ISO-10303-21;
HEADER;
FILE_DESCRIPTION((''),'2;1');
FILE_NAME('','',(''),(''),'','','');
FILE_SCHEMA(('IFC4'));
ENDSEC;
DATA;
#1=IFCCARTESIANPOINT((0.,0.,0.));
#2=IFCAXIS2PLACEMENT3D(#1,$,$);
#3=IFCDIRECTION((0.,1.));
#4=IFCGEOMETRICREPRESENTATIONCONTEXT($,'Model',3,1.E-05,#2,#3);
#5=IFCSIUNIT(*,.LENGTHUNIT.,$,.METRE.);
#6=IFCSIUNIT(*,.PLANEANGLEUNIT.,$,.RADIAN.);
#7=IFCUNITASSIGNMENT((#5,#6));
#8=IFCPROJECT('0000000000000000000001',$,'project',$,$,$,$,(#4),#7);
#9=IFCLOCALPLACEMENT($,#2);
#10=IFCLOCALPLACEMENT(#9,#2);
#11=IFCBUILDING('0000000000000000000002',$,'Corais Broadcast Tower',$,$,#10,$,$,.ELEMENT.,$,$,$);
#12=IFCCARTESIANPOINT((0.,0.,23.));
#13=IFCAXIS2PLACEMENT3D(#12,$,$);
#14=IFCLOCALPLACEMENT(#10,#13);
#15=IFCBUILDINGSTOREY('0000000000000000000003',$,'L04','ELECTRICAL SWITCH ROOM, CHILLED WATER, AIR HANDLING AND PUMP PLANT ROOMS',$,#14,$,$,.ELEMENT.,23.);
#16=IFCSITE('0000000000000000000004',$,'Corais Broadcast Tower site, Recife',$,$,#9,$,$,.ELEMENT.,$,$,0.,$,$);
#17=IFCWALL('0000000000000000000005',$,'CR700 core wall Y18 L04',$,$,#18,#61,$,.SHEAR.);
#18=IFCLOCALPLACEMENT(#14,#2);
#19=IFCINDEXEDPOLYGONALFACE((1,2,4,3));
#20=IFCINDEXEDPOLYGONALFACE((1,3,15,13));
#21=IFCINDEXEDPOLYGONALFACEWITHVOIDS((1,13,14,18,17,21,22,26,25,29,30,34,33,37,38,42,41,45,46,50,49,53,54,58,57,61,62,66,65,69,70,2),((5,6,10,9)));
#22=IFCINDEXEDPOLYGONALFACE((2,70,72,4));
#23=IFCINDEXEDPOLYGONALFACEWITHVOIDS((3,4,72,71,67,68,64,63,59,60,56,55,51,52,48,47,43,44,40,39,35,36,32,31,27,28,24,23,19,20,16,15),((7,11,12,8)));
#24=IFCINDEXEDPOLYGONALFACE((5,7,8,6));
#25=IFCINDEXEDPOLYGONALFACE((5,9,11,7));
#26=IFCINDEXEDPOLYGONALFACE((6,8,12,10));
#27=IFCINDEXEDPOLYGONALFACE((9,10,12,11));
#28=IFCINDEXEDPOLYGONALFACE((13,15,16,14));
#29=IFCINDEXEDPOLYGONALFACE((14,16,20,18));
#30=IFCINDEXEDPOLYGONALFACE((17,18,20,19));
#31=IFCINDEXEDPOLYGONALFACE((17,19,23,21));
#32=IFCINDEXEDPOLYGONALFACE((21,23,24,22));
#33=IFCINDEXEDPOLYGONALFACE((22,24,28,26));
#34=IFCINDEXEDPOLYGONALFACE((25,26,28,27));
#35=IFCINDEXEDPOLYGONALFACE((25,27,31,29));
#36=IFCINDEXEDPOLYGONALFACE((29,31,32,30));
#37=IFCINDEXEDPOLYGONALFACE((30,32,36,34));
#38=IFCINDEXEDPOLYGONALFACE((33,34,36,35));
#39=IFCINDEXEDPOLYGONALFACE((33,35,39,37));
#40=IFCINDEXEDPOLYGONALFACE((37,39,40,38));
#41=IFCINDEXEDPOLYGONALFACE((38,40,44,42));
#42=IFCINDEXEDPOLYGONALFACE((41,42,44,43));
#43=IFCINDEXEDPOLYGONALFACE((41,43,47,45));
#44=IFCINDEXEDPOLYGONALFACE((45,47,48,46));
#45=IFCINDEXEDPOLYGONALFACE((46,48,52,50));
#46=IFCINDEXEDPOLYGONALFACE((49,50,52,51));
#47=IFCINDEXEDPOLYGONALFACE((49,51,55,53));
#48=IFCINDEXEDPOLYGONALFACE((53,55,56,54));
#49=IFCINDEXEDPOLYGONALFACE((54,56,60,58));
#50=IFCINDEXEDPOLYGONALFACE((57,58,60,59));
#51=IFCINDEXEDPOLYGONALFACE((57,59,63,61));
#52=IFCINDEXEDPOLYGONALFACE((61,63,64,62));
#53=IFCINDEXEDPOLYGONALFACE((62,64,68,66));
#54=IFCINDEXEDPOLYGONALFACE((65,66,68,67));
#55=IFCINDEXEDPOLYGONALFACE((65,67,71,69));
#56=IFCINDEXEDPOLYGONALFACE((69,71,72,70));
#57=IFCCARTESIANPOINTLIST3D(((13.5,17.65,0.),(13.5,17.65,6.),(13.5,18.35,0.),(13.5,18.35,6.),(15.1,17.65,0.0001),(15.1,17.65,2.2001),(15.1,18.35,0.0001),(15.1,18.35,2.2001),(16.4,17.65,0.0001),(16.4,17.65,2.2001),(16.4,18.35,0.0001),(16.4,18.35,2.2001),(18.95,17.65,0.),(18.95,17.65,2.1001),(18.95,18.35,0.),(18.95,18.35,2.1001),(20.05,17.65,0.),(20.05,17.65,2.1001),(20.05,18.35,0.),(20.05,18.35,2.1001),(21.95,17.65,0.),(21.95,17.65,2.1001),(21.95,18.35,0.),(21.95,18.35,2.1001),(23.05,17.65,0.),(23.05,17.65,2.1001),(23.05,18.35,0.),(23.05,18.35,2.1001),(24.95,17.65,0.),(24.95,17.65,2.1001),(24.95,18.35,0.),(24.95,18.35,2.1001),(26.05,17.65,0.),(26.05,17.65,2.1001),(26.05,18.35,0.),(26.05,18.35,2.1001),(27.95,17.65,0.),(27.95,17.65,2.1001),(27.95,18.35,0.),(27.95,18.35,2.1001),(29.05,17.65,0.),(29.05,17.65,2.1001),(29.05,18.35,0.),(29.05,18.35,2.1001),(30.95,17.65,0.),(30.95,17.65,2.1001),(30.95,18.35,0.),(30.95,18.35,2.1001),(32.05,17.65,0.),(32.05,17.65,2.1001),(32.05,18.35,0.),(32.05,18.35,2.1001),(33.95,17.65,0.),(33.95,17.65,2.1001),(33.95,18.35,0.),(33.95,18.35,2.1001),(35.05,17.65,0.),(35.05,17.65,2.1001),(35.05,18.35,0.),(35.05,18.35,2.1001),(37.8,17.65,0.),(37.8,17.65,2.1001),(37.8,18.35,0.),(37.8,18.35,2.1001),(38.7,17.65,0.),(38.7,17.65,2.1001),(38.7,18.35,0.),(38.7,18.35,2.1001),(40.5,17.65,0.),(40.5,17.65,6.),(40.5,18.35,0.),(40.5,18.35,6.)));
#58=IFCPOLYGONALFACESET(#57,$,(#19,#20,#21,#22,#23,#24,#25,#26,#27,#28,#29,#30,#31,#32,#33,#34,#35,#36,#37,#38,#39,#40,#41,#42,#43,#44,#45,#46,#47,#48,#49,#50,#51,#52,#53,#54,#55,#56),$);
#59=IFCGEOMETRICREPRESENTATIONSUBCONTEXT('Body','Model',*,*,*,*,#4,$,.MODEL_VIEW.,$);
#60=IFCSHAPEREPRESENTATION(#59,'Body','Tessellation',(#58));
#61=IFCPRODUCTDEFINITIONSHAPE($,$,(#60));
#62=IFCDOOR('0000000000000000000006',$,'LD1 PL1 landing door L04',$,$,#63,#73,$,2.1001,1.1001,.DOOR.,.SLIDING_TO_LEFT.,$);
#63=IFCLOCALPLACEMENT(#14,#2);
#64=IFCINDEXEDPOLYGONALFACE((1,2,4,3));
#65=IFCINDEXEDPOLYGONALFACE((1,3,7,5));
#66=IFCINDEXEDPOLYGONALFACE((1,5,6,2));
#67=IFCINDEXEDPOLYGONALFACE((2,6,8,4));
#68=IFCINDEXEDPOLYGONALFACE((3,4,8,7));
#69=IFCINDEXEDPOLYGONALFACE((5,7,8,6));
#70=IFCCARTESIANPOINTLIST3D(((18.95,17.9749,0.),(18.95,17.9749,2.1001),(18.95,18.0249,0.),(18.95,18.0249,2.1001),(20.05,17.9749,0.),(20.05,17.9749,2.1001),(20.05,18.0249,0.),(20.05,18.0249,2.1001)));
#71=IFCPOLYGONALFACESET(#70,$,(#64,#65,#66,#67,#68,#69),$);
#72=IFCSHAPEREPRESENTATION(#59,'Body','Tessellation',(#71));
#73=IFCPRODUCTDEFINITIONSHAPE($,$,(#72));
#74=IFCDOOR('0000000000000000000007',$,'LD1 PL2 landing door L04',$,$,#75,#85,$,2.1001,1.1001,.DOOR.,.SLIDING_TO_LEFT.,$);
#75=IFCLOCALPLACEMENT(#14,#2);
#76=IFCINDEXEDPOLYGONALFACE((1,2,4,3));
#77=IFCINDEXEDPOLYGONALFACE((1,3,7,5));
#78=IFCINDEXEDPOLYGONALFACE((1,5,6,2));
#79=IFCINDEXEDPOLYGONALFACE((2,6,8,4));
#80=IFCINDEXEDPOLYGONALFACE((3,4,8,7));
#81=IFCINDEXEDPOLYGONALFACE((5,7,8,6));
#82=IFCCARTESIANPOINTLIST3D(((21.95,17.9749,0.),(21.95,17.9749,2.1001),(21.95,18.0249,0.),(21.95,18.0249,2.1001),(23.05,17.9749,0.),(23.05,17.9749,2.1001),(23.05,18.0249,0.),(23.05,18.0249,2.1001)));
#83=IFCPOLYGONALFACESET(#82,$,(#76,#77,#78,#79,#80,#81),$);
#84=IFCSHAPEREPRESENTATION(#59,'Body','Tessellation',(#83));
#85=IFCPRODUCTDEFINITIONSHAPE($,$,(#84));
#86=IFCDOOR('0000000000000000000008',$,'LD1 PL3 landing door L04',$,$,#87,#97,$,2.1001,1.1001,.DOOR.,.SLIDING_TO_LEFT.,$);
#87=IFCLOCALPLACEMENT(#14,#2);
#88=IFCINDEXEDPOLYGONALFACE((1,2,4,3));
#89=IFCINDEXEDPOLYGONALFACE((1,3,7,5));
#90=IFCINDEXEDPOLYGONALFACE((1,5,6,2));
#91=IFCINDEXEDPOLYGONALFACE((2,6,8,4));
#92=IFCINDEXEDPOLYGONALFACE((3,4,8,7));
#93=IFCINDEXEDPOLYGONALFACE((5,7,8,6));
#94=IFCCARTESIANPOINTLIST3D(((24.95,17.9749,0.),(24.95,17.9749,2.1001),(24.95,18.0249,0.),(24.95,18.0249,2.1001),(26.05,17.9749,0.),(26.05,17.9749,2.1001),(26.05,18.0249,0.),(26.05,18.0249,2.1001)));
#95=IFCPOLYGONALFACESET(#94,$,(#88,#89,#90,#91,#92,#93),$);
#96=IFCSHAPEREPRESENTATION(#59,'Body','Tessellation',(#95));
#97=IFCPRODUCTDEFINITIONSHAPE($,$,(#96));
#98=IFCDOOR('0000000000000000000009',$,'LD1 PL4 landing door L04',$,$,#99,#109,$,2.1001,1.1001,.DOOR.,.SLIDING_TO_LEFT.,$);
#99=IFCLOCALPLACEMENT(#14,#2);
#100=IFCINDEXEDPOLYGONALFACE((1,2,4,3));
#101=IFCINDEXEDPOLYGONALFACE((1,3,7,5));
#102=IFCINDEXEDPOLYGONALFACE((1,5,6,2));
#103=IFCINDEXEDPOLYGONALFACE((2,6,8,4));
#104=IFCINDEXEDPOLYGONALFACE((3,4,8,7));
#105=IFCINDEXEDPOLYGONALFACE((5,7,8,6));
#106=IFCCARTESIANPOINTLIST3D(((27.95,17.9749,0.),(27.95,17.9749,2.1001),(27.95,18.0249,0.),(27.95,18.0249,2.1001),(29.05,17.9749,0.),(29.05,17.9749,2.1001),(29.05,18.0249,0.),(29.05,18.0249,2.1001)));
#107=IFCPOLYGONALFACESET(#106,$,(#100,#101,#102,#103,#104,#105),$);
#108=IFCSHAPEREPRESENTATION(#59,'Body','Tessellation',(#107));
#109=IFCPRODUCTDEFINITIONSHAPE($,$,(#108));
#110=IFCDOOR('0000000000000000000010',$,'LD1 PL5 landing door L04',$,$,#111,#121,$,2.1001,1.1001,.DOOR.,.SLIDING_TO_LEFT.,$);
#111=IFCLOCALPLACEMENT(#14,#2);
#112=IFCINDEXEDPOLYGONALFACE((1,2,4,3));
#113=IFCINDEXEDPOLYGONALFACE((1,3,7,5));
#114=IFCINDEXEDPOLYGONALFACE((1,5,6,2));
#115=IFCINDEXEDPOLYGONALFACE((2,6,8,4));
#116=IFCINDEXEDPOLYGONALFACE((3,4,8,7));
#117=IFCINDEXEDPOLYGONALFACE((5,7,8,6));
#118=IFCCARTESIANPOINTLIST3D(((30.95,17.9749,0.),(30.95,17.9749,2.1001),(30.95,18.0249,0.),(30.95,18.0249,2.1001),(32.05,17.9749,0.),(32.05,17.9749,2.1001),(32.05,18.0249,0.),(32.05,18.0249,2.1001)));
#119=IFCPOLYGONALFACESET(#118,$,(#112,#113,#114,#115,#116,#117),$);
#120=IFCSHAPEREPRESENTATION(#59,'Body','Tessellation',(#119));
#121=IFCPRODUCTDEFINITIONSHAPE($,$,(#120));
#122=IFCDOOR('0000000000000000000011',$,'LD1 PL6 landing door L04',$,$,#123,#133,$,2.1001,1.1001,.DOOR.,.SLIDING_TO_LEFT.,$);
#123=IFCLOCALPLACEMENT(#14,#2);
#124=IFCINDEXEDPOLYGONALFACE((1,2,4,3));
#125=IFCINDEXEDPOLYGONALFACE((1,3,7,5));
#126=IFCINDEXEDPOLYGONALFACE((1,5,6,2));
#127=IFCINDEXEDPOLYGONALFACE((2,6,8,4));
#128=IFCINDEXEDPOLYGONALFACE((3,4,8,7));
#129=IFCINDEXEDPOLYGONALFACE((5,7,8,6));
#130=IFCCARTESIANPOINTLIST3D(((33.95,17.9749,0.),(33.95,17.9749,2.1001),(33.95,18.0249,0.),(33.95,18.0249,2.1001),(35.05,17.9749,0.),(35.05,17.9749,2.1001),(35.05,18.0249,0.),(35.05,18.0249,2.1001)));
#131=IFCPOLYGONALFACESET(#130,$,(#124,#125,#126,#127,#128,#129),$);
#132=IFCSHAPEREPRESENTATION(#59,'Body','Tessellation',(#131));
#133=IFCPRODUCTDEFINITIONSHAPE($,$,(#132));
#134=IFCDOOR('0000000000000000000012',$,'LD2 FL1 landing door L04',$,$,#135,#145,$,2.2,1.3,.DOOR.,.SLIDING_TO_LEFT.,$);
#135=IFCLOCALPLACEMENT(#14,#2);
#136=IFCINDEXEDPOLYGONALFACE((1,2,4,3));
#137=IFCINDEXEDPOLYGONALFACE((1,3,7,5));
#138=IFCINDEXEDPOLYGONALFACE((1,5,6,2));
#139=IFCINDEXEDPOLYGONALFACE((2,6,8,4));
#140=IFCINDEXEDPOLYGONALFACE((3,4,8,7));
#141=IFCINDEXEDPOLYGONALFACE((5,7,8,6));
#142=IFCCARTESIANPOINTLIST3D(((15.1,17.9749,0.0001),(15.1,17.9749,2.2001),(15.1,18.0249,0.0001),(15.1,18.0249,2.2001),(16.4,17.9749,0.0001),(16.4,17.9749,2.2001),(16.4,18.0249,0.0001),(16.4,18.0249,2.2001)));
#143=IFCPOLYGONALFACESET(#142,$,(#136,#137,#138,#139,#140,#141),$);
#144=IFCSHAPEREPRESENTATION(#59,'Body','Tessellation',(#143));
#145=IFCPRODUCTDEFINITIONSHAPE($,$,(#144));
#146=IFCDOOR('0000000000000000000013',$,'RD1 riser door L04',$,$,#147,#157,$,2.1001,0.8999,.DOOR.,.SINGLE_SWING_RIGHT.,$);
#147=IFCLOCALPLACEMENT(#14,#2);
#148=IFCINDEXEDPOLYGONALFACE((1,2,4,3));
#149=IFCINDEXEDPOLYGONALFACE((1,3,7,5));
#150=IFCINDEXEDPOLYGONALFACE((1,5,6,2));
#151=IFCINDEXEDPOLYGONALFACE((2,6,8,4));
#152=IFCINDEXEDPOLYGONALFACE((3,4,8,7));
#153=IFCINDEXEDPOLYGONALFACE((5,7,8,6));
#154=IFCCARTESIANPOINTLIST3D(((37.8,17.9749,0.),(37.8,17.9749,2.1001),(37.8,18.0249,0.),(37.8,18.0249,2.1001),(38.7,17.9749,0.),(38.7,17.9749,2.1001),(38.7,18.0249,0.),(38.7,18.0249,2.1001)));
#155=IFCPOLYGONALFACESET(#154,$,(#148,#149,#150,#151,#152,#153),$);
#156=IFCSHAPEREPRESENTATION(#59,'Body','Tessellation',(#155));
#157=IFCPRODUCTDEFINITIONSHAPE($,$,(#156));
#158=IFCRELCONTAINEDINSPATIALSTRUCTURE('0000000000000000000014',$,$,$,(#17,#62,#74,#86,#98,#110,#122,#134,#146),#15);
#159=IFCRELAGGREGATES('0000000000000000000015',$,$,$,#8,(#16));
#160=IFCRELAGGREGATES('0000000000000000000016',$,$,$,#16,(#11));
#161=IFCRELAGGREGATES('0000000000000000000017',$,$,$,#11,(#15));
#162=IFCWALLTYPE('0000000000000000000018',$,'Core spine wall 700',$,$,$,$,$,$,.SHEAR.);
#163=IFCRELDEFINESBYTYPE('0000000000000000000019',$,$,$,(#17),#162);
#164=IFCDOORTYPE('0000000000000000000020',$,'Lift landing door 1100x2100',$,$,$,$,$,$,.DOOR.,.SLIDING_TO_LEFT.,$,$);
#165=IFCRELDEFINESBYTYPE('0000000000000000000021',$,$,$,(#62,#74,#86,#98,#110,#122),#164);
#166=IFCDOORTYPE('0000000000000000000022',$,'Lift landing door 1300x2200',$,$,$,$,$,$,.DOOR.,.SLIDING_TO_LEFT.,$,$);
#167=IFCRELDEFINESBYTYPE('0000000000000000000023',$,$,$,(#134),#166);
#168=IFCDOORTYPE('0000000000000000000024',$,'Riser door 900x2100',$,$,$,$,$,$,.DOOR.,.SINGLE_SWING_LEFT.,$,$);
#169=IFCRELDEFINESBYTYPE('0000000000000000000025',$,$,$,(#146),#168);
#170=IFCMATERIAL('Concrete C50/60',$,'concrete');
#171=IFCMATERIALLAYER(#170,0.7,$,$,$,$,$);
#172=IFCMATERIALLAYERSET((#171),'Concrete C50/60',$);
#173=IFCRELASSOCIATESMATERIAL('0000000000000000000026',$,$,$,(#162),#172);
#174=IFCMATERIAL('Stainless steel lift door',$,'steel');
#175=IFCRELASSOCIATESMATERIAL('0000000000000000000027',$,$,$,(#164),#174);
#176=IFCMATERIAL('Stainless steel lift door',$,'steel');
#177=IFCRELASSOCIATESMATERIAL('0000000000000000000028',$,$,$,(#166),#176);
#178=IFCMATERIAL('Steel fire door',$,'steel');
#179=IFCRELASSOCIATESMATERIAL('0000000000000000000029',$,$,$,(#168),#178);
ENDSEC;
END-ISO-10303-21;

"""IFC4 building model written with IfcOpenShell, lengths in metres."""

from ifc_helpers import new_model, si_unit, direction, frame, frame_2d, origin, place, context, subcontext, project, spatial, rectangle, extrude, material, layer, layer_set, type_object, element, fill, save


model = new_model("IFC4")

# Units and contexts
model_context = context("Model", 3, precision=1e-05, world=origin(), true_north=direction((0.0, 1.0)))
body_context = subcontext(model_context, "Body", "Model", "MODEL_VIEW")
ifc_project = project(units=[si_unit("LENGTHUNIT", "METRE"), si_unit("PLANEANGLEUNIT", "RADIAN")], contexts=[model_context])

# Site, building, storey
site_placement = place(None, origin())
site = spatial("IfcSite", under=ifc_project, at=site_placement, Name="Corais Broadcast Tower site, Recife", CompositionType="ELEMENT", RefElevation=0.0)
building_placement = place(site_placement, origin())
building = spatial("IfcBuilding", under=site, at=building_placement, Name="Corais Broadcast Tower", CompositionType="ELEMENT")
storey_placement = place(building_placement, frame((0.0, 0.0, 23.0)))
storey = spatial("IfcBuildingStorey", under=building, at=storey_placement, Name="L04", Description="ELECTRICAL SWITCH ROOM, CHILLED WATER, AIR HANDLING AND PUMP PLANT ROOMS", CompositionType="ELEMENT", Elevation=23.0)

# Wall, openings, doors
ifc_material_1 = material(Name="Concrete C50/60", Category="concrete")
ifc_layer_1 = layer(ifc_material_1, 0.7)
ifc_layer_set_1 = layer_set([ifc_layer_1], Name="Concrete C50/60")
wall_type_1 = type_object("IfcWallType", Name="Core spine wall 700", PredefinedType="SHEAR", material=ifc_layer_set_1)
wall_1_placement = place(storey_placement, frame((13.5, 18.0, 0.0), z_axis=(0.0, 0.0, 1.0), x_axis=(1.0, 0.0, 0.0)))
wall_1 = element("IfcWall", 1, at=wall_1_placement, inside=storey, type_object=wall_type_1, Name="CR700 core wall Y18 L04", PredefinedType="SHEAR", context=body_context, shape_type="SweptSolid", body=[
    extrude(rectangle(XDim=27.0, YDim=0.7, at=frame_2d((13.5, 0.0))), origin(), (0.0, 0.0, 1.0), 6.0),
])
opening_1_placement = place(wall_1_placement, frame((24.3, 0.0, 0.0)))
opening_1 = element("IfcOpeningElement", 2, at=opening_1_placement, cuts=wall_1, PredefinedType="OPENING", context=body_context, shape_type="SweptSolid", body=[
    extrude(rectangle(XDim=0.8999, YDim=2.1001, at=frame_2d((0.45, 1.05))), frame((0.0, 0.3599, 0.0), z_axis=(0.0, -1.0, 0.0), x_axis=(1.0, 0.0, 0.0)), (0.0, 0.0, 1.0), 0.72),
])
opening_2_placement = place(wall_1_placement, frame((5.45, 0.0, 0.0)))
opening_2 = element("IfcOpeningElement", 3, at=opening_2_placement, cuts=wall_1, PredefinedType="OPENING", context=body_context, shape_type="SweptSolid", body=[
    extrude(rectangle(XDim=1.1001, YDim=2.1001, at=frame_2d((0.55, 1.05))), frame((0.0, 0.3599, 0.0), z_axis=(0.0, -1.0, 0.0), x_axis=(1.0, 0.0, 0.0)), (0.0, 0.0, 1.0), 0.72),
])
opening_3_placement = place(wall_1_placement, frame((8.45, 0.0, 0.0)))
opening_3 = element("IfcOpeningElement", 4, at=opening_3_placement, cuts=wall_1, PredefinedType="OPENING", context=body_context, shape_type="SweptSolid", body=[
    extrude(rectangle(XDim=1.1001, YDim=2.1001, at=frame_2d((0.55, 1.05))), frame((0.0, 0.3599, 0.0), z_axis=(0.0, -1.0, 0.0), x_axis=(1.0, 0.0, 0.0)), (0.0, 0.0, 1.0), 0.72),
])
opening_4_placement = place(wall_1_placement, frame((11.45, 0.0, 0.0)))
opening_4 = element("IfcOpeningElement", 5, at=opening_4_placement, cuts=wall_1, PredefinedType="OPENING", context=body_context, shape_type="SweptSolid", body=[
    extrude(rectangle(XDim=1.1001, YDim=2.1001, at=frame_2d((0.55, 1.05))), frame((0.0, 0.3599, 0.0), z_axis=(0.0, -1.0, 0.0), x_axis=(1.0, 0.0, 0.0)), (0.0, 0.0, 1.0), 0.72),
])
opening_5_placement = place(wall_1_placement, frame((14.45, 0.0, 0.0)))
opening_5 = element("IfcOpeningElement", 6, at=opening_5_placement, cuts=wall_1, PredefinedType="OPENING", context=body_context, shape_type="SweptSolid", body=[
    extrude(rectangle(XDim=1.1001, YDim=2.1001, at=frame_2d((0.55, 1.05))), frame((0.0, 0.3599, 0.0), z_axis=(0.0, -1.0, 0.0), x_axis=(1.0, 0.0, 0.0)), (0.0, 0.0, 1.0), 0.72),
])
opening_6_placement = place(wall_1_placement, frame((17.45, 0.0, 0.0)))
opening_6 = element("IfcOpeningElement", 7, at=opening_6_placement, cuts=wall_1, PredefinedType="OPENING", context=body_context, shape_type="SweptSolid", body=[
    extrude(rectangle(XDim=1.1001, YDim=2.1001, at=frame_2d((0.55, 1.05))), frame((0.0, 0.3599, 0.0), z_axis=(0.0, -1.0, 0.0), x_axis=(1.0, 0.0, 0.0)), (0.0, 0.0, 1.0), 0.72),
])
opening_7_placement = place(wall_1_placement, frame((20.45, 0.0, 0.0)))
opening_7 = element("IfcOpeningElement", 8, at=opening_7_placement, cuts=wall_1, PredefinedType="OPENING", context=body_context, shape_type="SweptSolid", body=[
    extrude(rectangle(XDim=1.1001, YDim=2.1001, at=frame_2d((0.55, 1.05))), frame((0.0, 0.3599, 0.0), z_axis=(0.0, -1.0, 0.0), x_axis=(1.0, 0.0, 0.0)), (0.0, 0.0, 1.0), 0.72),
])
opening_8_placement = place(wall_1_placement, frame((1.6001, 0.0, 0.0)))
opening_8 = element("IfcOpeningElement", 9, at=opening_8_placement, cuts=wall_1, PredefinedType="OPENING", context=body_context, shape_type="SweptSolid", body=[
    extrude(rectangle(XDim=1.3, YDim=2.2, at=frame_2d((0.6499, 1.1001))), frame((0.0, 0.3599, 0.0), z_axis=(0.0, -1.0, 0.0), x_axis=(1.0, 0.0, 0.0)), (0.0, 0.0, 1.0), 0.72),
])
ifc_material_2 = material(Name="Stainless steel lift door", Category="steel")
door_type_1 = type_object("IfcDoorType", Name="Lift landing door 1100x2100", OperationType="SLIDING_TO_LEFT", PredefinedType="DOOR", material=ifc_material_2)
door_1_placement = place(opening_2_placement, origin())
door_1 = element("IfcDoor", 10, at=door_1_placement, inside=storey, type_object=door_type_1, Name="LD1 PL1 landing door L04", OperationType="SLIDING_TO_LEFT", OverallHeight=2.1001, OverallWidth=1.1001, PredefinedType="DOOR", context=body_context, shape_type="SweptSolid", body=[
    extrude(rectangle(XDim=1.1001, YDim=2.1001, at=frame_2d((0.55, 1.05))), frame((0.0, 0.0249, 0.0), z_axis=(0.0, -1.0, 0.0), x_axis=(1.0, 0.0, 0.0)), (0.0, 0.0, 1.0), 0.05),
])
fill(opening_2, door_1)
door_2_placement = place(opening_3_placement, origin())
door_2 = element("IfcDoor", 11, at=door_2_placement, inside=storey, type_object=door_type_1, Name="LD1 PL2 landing door L04", OperationType="SLIDING_TO_LEFT", OverallHeight=2.1001, OverallWidth=1.1001, PredefinedType="DOOR", context=body_context, shape_type="SweptSolid", body=[
    extrude(rectangle(XDim=1.1001, YDim=2.1001, at=frame_2d((0.55, 1.05))), frame((0.0, 0.0249, 0.0), z_axis=(0.0, -1.0, 0.0), x_axis=(1.0, 0.0, 0.0)), (0.0, 0.0, 1.0), 0.05),
])
fill(opening_3, door_2)
door_3_placement = place(opening_4_placement, origin())
door_3 = element("IfcDoor", 12, at=door_3_placement, inside=storey, type_object=door_type_1, Name="LD1 PL3 landing door L04", OperationType="SLIDING_TO_LEFT", OverallHeight=2.1001, OverallWidth=1.1001, PredefinedType="DOOR", context=body_context, shape_type="SweptSolid", body=[
    extrude(rectangle(XDim=1.1001, YDim=2.1001, at=frame_2d((0.55, 1.05))), frame((0.0, 0.0249, 0.0), z_axis=(0.0, -1.0, 0.0), x_axis=(1.0, 0.0, 0.0)), (0.0, 0.0, 1.0), 0.05),
])
fill(opening_4, door_3)
door_4_placement = place(opening_5_placement, origin())
door_4 = element("IfcDoor", 13, at=door_4_placement, inside=storey, type_object=door_type_1, Name="LD1 PL4 landing door L04", OperationType="SLIDING_TO_LEFT", OverallHeight=2.1001, OverallWidth=1.1001, PredefinedType="DOOR", context=body_context, shape_type="SweptSolid", body=[
    extrude(rectangle(XDim=1.1001, YDim=2.1001, at=frame_2d((0.55, 1.05))), frame((0.0, 0.0249, 0.0), z_axis=(0.0, -1.0, 0.0), x_axis=(1.0, 0.0, 0.0)), (0.0, 0.0, 1.0), 0.05),
])
fill(opening_5, door_4)
door_5_placement = place(opening_6_placement, origin())
door_5 = element("IfcDoor", 14, at=door_5_placement, inside=storey, type_object=door_type_1, Name="LD1 PL5 landing door L04", OperationType="SLIDING_TO_LEFT", OverallHeight=2.1001, OverallWidth=1.1001, PredefinedType="DOOR", context=body_context, shape_type="SweptSolid", body=[
    extrude(rectangle(XDim=1.1001, YDim=2.1001, at=frame_2d((0.55, 1.05))), frame((0.0, 0.0249, 0.0), z_axis=(0.0, -1.0, 0.0), x_axis=(1.0, 0.0, 0.0)), (0.0, 0.0, 1.0), 0.05),
])
fill(opening_6, door_5)
door_6_placement = place(opening_7_placement, origin())
door_6 = element("IfcDoor", 15, at=door_6_placement, inside=storey, type_object=door_type_1, Name="LD1 PL6 landing door L04", OperationType="SLIDING_TO_LEFT", OverallHeight=2.1001, OverallWidth=1.1001, PredefinedType="DOOR", context=body_context, shape_type="SweptSolid", body=[
    extrude(rectangle(XDim=1.1001, YDim=2.1001, at=frame_2d((0.55, 1.05))), frame((0.0, 0.0249, 0.0), z_axis=(0.0, -1.0, 0.0), x_axis=(1.0, 0.0, 0.0)), (0.0, 0.0, 1.0), 0.05),
])
fill(opening_7, door_6)
ifc_material_3 = material(Name="Stainless steel lift door", Category="steel")
door_type_2 = type_object("IfcDoorType", Name="Lift landing door 1300x2200", OperationType="SLIDING_TO_LEFT", PredefinedType="DOOR", material=ifc_material_3)
door_7_placement = place(opening_8_placement, origin())
door_7 = element("IfcDoor", 16, at=door_7_placement, inside=storey, type_object=door_type_2, Name="LD2 FL1 landing door L04", OperationType="SLIDING_TO_LEFT", OverallHeight=2.2, OverallWidth=1.3, PredefinedType="DOOR", context=body_context, shape_type="SweptSolid", body=[
    extrude(rectangle(XDim=1.3, YDim=2.2, at=frame_2d((0.6499, 1.1001))), frame((0.0, 0.0249, 0.0), z_axis=(0.0, -1.0, 0.0), x_axis=(1.0, 0.0, 0.0)), (0.0, 0.0, 1.0), 0.05),
])
fill(opening_8, door_7)
ifc_material_4 = material(Name="Steel fire door", Category="steel")
door_type_3 = type_object("IfcDoorType", Name="Riser door 900x2100", OperationType="SINGLE_SWING_LEFT", PredefinedType="DOOR", material=ifc_material_4)
door_8_placement = place(opening_1_placement, origin())
door_8 = element("IfcDoor", 17, at=door_8_placement, inside=storey, type_object=door_type_3, Name="RD1 riser door L04", OperationType="SINGLE_SWING_RIGHT", OverallHeight=2.1001, OverallWidth=0.8999, PredefinedType="DOOR", context=body_context, shape_type="SweptSolid", body=[
    extrude(rectangle(XDim=0.8999, YDim=2.1001, at=frame_2d((0.45, 1.05))), frame((0.0, 0.0249, 0.0), z_axis=(0.0, -1.0, 0.0), x_axis=(1.0, 0.0, 0.0)), (0.0, 0.0, 1.0), 0.05),
])
fill(opening_1, door_8)

save(model, "model.ifc")
